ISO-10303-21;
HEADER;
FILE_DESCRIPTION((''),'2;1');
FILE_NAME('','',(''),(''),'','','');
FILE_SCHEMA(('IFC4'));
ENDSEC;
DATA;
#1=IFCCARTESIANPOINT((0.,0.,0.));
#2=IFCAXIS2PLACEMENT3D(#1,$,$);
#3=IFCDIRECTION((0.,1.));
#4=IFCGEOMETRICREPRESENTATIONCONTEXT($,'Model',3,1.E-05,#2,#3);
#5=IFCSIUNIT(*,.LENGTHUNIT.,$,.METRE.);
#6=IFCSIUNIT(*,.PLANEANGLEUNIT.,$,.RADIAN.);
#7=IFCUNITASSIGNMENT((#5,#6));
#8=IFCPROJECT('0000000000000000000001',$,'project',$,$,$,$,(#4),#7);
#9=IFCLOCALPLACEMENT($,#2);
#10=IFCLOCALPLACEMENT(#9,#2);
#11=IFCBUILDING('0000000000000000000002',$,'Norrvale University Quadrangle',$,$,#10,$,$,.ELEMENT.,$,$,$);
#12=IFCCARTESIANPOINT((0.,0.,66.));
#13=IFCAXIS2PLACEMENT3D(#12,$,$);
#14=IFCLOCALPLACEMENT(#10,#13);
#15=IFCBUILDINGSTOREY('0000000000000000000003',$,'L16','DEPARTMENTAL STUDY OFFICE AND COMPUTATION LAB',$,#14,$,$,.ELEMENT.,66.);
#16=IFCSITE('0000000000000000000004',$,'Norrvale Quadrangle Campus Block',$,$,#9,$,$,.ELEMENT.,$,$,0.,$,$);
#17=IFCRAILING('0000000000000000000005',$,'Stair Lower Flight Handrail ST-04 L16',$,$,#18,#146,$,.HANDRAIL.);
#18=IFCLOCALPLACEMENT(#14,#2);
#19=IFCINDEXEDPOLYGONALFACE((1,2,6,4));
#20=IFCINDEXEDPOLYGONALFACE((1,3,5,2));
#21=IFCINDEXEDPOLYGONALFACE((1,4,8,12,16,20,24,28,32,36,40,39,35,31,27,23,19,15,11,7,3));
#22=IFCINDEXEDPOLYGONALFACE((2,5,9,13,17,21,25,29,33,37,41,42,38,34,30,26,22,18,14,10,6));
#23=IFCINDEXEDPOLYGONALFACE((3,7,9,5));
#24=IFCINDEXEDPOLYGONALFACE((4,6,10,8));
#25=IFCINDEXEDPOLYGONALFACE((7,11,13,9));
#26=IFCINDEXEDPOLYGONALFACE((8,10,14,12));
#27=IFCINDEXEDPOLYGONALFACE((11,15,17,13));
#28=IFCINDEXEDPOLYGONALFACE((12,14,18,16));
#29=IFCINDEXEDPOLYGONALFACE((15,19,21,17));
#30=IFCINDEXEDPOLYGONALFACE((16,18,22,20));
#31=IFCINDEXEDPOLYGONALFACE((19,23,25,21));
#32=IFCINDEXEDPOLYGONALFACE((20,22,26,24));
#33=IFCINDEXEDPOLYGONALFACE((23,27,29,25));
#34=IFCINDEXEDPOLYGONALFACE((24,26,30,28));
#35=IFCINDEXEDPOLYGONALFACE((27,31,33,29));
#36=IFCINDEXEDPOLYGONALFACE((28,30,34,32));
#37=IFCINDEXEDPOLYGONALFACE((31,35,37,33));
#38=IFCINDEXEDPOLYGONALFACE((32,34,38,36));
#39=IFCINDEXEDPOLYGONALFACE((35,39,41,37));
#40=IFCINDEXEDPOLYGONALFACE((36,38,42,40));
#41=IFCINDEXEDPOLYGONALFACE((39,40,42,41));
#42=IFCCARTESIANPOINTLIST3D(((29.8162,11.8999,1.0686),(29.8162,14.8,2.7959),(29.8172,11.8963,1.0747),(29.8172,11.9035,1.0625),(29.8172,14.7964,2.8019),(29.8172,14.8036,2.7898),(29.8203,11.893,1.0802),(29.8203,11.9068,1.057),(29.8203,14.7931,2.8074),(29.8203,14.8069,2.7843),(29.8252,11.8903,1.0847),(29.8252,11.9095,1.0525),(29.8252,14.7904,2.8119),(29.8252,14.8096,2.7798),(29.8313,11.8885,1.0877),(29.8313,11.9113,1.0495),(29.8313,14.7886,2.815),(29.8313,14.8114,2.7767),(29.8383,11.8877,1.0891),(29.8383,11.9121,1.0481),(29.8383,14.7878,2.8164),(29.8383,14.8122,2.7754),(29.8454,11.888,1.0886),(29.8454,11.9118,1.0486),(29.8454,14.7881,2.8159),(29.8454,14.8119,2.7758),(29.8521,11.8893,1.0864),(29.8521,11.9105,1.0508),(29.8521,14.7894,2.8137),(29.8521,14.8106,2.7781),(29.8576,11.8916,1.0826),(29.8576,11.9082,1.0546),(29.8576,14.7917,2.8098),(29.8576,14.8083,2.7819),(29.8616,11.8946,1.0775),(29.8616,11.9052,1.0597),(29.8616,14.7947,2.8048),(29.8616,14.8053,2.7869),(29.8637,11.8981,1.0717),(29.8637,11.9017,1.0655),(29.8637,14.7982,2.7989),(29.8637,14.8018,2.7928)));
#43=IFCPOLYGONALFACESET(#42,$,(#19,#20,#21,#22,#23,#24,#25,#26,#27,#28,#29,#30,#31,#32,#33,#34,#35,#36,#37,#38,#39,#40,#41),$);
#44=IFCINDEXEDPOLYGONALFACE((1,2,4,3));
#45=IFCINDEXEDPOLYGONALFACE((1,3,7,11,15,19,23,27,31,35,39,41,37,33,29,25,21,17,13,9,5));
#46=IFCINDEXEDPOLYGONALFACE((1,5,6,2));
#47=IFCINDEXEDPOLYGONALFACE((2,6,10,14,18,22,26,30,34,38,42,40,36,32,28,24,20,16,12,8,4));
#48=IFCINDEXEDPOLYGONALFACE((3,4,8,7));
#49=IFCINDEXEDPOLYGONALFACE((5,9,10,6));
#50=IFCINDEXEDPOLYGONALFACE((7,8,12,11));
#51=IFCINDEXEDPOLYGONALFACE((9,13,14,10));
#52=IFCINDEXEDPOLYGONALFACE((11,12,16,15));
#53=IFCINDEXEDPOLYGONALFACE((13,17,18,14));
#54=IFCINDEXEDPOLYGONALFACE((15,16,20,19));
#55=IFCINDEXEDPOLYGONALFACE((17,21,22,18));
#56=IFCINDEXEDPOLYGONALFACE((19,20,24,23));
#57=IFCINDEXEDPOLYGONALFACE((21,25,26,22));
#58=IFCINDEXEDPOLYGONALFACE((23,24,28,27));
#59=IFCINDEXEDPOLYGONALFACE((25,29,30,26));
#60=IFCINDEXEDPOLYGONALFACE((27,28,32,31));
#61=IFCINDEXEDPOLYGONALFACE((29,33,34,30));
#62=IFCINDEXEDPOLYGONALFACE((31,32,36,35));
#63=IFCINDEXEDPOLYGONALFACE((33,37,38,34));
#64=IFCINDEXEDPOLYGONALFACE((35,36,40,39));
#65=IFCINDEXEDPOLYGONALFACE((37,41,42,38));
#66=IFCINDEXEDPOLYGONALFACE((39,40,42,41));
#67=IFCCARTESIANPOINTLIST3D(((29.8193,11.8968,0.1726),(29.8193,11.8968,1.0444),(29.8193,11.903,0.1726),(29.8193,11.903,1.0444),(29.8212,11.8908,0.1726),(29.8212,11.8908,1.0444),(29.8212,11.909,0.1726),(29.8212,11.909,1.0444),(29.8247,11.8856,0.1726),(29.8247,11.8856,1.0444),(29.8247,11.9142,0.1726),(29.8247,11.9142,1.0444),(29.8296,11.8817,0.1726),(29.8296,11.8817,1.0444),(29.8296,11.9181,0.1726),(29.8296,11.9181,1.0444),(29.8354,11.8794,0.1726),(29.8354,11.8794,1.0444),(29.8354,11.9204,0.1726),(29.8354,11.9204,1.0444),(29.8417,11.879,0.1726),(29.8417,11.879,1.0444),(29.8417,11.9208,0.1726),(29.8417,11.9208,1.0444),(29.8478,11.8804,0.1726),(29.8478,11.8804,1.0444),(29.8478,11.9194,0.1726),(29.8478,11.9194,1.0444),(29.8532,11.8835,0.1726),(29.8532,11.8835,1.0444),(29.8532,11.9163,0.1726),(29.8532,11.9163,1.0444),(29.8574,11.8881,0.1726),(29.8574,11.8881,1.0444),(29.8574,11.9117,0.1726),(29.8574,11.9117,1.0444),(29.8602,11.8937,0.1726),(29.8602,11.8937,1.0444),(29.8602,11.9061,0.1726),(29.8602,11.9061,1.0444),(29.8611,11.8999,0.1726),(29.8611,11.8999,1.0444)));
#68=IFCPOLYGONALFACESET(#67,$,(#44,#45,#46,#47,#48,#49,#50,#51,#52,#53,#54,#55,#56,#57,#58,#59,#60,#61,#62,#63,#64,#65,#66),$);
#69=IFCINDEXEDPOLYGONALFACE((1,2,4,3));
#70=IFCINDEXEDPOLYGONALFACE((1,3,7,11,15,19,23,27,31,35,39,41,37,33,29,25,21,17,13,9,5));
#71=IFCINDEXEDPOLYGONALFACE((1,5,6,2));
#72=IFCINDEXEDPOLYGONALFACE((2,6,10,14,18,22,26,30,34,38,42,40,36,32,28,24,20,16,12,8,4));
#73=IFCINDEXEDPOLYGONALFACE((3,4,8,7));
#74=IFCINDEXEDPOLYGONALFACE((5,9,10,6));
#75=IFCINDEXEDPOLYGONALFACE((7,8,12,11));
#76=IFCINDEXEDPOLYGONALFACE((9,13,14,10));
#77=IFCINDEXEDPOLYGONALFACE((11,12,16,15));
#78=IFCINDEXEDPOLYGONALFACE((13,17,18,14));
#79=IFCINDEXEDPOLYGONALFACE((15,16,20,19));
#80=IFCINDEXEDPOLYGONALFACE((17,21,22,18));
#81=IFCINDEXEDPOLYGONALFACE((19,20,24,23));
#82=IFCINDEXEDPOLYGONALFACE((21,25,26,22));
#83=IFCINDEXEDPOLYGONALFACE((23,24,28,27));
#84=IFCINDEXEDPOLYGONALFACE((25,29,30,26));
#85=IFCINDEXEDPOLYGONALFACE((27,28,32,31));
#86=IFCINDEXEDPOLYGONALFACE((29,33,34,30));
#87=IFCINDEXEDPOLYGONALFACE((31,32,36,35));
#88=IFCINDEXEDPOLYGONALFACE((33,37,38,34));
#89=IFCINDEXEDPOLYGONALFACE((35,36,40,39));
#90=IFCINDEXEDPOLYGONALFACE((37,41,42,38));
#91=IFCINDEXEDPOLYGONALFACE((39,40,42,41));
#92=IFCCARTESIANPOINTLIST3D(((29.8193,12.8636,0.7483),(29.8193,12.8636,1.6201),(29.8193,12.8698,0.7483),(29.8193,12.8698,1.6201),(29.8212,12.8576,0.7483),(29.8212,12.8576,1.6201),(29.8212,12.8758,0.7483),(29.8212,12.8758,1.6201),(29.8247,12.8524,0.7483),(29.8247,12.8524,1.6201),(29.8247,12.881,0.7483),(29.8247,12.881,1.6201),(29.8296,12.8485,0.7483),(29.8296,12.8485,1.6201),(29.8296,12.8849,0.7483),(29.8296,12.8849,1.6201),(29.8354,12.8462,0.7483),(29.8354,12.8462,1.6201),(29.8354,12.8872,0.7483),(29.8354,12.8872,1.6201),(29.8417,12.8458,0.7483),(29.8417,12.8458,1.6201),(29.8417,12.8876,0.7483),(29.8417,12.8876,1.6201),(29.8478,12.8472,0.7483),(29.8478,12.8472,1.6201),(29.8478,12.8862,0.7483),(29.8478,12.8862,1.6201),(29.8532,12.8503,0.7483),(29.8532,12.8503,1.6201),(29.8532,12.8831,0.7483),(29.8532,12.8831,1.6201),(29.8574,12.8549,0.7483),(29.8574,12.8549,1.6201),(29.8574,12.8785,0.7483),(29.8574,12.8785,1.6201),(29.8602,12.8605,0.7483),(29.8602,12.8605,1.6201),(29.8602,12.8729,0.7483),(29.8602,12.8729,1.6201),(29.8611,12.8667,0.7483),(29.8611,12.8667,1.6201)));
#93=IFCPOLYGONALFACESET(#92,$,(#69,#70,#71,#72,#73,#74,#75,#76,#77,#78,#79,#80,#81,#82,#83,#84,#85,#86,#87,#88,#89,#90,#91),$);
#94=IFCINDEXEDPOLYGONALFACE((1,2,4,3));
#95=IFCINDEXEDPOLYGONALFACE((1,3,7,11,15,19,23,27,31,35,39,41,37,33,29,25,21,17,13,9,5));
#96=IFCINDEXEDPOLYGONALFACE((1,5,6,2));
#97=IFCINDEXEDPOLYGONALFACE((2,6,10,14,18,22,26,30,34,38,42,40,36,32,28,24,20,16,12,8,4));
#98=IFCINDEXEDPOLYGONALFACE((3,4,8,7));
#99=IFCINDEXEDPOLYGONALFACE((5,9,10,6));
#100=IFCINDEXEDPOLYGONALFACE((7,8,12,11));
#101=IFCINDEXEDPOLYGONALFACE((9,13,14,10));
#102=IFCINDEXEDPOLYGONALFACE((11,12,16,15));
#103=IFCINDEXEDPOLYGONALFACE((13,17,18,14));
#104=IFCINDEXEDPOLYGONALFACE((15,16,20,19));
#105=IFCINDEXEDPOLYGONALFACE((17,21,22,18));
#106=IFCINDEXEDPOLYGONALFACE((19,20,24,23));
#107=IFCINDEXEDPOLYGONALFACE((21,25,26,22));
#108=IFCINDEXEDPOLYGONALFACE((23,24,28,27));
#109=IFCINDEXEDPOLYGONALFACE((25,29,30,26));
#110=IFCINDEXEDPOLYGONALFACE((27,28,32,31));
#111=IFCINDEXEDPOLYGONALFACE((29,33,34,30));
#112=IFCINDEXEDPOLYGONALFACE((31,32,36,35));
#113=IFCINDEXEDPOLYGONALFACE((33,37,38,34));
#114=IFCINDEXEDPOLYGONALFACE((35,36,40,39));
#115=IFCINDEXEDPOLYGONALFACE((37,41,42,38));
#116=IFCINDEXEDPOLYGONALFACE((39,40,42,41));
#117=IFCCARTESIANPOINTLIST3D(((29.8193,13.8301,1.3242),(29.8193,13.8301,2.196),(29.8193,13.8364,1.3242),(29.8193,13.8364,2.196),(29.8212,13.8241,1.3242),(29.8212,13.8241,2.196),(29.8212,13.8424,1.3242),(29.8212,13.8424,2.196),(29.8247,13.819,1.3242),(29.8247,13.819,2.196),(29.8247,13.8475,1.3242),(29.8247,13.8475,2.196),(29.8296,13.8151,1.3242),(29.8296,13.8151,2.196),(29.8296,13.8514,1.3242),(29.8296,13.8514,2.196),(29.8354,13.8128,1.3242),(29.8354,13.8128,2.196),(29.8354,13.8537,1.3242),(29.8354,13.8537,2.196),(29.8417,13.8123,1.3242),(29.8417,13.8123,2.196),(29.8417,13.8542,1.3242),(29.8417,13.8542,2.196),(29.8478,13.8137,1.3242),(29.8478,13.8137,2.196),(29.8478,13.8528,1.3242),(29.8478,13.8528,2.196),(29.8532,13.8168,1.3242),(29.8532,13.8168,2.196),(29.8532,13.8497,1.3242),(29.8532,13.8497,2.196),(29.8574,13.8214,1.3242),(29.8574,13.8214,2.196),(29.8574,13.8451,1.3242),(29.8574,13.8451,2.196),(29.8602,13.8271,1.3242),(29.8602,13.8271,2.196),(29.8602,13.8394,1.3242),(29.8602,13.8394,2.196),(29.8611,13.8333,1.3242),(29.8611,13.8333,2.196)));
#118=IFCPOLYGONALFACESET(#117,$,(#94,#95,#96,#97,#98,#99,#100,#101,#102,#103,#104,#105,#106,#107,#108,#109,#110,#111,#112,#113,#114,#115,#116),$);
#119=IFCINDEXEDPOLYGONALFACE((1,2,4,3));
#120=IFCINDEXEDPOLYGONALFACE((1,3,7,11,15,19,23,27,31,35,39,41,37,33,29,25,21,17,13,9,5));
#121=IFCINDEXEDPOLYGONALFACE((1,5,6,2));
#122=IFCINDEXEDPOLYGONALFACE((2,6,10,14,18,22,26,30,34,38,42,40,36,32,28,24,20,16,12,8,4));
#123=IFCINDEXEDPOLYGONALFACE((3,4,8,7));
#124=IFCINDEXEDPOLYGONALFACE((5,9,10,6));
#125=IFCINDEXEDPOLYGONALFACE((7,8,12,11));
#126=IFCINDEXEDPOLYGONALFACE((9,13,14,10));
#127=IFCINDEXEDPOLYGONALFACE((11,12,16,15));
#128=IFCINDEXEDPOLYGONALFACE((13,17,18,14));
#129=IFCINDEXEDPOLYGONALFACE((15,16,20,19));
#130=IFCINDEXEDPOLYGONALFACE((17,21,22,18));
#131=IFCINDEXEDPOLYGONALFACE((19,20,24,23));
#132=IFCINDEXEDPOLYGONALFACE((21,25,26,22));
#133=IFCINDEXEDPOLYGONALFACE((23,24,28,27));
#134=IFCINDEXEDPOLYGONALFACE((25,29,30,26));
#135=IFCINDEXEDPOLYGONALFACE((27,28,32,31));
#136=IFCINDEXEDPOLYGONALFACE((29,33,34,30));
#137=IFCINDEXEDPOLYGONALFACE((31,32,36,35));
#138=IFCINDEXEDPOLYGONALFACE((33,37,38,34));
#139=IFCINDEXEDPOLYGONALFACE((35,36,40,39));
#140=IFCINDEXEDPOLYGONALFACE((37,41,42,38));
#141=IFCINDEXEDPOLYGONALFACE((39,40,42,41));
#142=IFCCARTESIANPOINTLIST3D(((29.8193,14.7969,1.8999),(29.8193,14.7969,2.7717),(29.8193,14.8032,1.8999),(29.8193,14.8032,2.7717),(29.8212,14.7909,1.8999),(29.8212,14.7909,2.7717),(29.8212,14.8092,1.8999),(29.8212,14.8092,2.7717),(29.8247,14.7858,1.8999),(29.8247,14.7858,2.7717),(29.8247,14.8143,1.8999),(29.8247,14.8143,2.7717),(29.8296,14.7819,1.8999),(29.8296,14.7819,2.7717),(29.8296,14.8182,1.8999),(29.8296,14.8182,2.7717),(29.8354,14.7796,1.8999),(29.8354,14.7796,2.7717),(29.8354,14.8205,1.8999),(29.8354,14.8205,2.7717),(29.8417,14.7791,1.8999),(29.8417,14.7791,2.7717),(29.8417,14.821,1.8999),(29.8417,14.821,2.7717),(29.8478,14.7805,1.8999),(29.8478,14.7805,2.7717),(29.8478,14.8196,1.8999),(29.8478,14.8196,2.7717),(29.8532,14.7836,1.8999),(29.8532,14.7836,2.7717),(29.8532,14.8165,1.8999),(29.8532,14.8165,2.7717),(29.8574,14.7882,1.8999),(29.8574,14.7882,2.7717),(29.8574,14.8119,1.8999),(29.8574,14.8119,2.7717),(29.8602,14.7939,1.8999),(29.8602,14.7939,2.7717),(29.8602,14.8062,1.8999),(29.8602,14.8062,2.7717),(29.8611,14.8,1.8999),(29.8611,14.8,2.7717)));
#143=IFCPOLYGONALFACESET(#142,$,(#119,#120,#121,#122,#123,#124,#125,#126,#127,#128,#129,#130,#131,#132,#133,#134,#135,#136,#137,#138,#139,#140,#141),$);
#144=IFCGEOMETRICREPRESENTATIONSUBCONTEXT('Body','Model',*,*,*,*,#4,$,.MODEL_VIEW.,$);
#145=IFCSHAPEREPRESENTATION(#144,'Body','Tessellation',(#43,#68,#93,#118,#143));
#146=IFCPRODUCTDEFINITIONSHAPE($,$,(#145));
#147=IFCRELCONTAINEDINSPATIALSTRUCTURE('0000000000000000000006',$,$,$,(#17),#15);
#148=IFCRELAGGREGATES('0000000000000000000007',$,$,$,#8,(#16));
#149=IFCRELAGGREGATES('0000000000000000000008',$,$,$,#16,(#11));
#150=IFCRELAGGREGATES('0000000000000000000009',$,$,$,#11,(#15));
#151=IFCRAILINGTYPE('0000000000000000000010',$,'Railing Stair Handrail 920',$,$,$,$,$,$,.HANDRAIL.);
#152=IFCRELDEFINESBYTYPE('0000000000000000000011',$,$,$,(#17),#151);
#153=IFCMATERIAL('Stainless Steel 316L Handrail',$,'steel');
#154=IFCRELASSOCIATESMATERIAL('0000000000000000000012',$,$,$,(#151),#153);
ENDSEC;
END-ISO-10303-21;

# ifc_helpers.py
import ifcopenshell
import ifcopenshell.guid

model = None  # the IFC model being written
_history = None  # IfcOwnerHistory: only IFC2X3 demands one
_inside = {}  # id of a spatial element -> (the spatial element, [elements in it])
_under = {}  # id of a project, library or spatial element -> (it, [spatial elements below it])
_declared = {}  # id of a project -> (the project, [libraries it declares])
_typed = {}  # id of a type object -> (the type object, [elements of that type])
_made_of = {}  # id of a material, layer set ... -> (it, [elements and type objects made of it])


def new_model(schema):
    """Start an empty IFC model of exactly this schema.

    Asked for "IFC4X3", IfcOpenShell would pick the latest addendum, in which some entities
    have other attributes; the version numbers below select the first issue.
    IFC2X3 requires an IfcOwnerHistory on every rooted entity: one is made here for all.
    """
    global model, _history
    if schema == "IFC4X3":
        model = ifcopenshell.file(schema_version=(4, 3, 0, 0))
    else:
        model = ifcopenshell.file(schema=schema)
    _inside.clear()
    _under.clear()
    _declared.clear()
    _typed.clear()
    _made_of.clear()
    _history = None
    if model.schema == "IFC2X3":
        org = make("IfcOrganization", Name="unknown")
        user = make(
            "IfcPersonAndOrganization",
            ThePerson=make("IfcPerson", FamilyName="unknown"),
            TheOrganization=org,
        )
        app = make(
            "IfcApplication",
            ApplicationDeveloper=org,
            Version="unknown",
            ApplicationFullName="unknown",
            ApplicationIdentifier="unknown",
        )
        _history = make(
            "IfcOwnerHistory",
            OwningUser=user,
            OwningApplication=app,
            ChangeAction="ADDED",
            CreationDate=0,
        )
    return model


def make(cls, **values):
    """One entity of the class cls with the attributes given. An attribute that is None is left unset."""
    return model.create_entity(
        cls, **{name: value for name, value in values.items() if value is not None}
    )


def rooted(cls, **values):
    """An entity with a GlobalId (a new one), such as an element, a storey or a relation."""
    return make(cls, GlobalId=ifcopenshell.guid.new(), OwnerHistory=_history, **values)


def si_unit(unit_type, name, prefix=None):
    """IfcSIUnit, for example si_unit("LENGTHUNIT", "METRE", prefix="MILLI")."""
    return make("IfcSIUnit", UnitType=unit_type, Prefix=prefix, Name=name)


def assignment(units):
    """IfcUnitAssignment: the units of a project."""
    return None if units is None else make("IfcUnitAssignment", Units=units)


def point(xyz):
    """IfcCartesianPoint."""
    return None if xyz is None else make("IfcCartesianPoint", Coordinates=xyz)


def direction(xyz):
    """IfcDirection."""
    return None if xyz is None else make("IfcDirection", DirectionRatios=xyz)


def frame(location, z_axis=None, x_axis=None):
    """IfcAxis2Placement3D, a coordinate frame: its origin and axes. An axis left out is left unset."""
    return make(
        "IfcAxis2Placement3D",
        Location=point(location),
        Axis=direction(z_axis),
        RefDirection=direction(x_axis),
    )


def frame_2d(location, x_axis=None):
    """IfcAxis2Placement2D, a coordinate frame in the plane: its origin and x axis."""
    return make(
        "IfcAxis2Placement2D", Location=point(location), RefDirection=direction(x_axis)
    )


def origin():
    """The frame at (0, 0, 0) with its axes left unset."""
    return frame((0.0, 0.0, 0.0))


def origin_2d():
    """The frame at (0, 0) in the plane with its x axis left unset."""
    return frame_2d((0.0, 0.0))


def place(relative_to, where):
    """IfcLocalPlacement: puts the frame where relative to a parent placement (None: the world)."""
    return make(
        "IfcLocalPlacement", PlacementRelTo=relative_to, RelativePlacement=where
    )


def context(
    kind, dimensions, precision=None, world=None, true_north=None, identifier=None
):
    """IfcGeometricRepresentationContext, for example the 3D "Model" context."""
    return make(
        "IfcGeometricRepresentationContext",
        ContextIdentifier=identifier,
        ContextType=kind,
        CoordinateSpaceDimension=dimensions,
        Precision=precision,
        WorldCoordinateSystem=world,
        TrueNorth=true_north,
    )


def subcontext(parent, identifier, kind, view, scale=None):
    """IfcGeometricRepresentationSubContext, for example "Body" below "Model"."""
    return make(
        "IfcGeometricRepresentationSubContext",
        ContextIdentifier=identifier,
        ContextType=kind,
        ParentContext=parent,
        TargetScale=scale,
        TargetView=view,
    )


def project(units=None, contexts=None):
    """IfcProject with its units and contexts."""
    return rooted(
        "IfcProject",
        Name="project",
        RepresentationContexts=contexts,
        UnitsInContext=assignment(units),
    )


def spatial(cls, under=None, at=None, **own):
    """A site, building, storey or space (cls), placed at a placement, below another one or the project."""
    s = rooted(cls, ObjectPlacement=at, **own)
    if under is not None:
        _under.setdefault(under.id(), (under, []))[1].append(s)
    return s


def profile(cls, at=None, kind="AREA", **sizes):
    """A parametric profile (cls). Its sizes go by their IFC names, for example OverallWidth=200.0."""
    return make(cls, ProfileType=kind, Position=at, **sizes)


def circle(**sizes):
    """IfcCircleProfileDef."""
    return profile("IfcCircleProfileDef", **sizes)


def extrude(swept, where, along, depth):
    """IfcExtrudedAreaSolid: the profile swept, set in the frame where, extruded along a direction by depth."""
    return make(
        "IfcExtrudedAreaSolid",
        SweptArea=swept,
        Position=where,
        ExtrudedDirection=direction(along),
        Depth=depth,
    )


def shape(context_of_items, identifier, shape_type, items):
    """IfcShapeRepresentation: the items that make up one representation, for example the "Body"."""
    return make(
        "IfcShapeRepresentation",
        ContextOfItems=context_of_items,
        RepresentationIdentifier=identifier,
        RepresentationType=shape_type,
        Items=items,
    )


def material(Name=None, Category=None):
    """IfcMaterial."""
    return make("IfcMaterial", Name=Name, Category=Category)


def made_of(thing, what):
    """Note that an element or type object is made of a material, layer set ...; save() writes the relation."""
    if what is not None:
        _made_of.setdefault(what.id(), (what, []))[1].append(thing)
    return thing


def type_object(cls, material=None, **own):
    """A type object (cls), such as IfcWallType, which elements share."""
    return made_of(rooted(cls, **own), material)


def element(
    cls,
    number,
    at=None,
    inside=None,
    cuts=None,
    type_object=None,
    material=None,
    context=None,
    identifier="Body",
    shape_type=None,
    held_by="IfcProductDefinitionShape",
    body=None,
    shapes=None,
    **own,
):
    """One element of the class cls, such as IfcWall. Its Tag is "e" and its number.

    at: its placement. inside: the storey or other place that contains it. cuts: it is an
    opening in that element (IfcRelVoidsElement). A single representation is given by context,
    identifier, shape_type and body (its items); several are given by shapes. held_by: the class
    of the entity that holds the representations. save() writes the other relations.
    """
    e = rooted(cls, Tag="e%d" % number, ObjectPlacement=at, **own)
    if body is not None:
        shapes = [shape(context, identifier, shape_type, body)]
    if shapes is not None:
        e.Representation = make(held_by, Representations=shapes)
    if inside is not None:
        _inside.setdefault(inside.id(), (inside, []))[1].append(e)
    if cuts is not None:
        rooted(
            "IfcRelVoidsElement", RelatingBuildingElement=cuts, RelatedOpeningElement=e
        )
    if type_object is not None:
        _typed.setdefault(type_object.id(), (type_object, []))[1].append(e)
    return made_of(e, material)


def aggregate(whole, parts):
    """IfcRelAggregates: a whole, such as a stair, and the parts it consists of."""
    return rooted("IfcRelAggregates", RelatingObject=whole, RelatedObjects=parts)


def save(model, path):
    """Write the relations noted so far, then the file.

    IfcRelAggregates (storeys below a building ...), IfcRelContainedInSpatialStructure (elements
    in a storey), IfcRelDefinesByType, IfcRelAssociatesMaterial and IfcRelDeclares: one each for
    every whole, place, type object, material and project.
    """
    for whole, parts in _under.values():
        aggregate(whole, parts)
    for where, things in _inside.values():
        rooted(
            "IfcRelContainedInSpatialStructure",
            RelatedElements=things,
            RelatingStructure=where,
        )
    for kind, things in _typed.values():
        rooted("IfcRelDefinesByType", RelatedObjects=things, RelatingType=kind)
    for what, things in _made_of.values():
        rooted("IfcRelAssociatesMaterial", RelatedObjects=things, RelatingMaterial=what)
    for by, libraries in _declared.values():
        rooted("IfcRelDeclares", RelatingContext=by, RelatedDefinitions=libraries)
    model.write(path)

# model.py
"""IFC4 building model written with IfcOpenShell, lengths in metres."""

from ifc_helpers import new_model, si_unit, direction, frame, origin, origin_2d, place, context, subcontext, project, spatial, circle, extrude, material, type_object, element, save


model = new_model("IFC4")

# Units and contexts
model_context = context("Model", 3, precision=1e-05, world=origin(), true_north=direction((0.0, 1.0)))
body_context = subcontext(model_context, "Body", "Model", "MODEL_VIEW")
ifc_project = project(units=[si_unit("LENGTHUNIT", "METRE"), si_unit("PLANEANGLEUNIT", "RADIAN")], contexts=[model_context])

# Site, building, storey
site_placement = place(None, origin())
site = spatial("IfcSite", under=ifc_project, at=site_placement, Name="Norrvale Quadrangle Campus Block", CompositionType="ELEMENT", RefElevation=0.0)
building_placement = place(site_placement, origin())
building = spatial("IfcBuilding", under=site, at=building_placement, Name="Norrvale University Quadrangle", CompositionType="ELEMENT")
storey_placement = place(building_placement, frame((0.0, 0.0, 66.0)))
storey = spatial("IfcBuildingStorey", under=building, at=storey_placement, Name="L16", Description="DEPARTMENTAL STUDY OFFICE AND COMPUTATION LAB", CompositionType="ELEMENT", Elevation=66.0)

# Railing
ifc_material_1 = material(Name="Stainless Steel 316L Handrail", Category="steel")
railing_type_1 = type_object("IfcRailingType", Name="Railing Stair Handrail 920", PredefinedType="HANDRAIL", material=ifc_material_1)
railing_1_placement = place(storey_placement, frame((29.8401, 11.8999, 0.1726)))
element("IfcRailing", 1, at=railing_1_placement, inside=storey, type_object=railing_type_1, Name="Stair Lower Flight Handrail ST-04 L16", PredefinedType="HANDRAIL", context=body_context, shape_type="SweptSolid", body=[
    extrude(circle(Radius=0.0239, at=origin_2d()), frame((0.0, 0.0, 0.896), z_axis=(0.0, 0.85916, 0.511706), x_axis=(-1.0, 0.0, 0.0)), (0.0, 0.0, 1.0), 3.3755),
    extrude(circle(Radius=0.021, at=origin_2d()), origin(), (0.0, 0.0, 1.0), 0.8718),
    extrude(circle(Radius=0.021, at=origin_2d()), frame((0.0, 0.9668, 0.5757)), (0.0, 0.0, 1.0), 0.8718),
    extrude(circle(Radius=0.021, at=origin_2d()), frame((0.0, 1.9333, 1.1516)), (0.0, 0.0, 1.0), 0.8718),
    extrude(circle(Radius=0.021, at=origin_2d()), frame((0.0, 2.9001, 1.7273)), (0.0, 0.0, 1.0), 0.8718),
])

save(model, "model.ifc")
